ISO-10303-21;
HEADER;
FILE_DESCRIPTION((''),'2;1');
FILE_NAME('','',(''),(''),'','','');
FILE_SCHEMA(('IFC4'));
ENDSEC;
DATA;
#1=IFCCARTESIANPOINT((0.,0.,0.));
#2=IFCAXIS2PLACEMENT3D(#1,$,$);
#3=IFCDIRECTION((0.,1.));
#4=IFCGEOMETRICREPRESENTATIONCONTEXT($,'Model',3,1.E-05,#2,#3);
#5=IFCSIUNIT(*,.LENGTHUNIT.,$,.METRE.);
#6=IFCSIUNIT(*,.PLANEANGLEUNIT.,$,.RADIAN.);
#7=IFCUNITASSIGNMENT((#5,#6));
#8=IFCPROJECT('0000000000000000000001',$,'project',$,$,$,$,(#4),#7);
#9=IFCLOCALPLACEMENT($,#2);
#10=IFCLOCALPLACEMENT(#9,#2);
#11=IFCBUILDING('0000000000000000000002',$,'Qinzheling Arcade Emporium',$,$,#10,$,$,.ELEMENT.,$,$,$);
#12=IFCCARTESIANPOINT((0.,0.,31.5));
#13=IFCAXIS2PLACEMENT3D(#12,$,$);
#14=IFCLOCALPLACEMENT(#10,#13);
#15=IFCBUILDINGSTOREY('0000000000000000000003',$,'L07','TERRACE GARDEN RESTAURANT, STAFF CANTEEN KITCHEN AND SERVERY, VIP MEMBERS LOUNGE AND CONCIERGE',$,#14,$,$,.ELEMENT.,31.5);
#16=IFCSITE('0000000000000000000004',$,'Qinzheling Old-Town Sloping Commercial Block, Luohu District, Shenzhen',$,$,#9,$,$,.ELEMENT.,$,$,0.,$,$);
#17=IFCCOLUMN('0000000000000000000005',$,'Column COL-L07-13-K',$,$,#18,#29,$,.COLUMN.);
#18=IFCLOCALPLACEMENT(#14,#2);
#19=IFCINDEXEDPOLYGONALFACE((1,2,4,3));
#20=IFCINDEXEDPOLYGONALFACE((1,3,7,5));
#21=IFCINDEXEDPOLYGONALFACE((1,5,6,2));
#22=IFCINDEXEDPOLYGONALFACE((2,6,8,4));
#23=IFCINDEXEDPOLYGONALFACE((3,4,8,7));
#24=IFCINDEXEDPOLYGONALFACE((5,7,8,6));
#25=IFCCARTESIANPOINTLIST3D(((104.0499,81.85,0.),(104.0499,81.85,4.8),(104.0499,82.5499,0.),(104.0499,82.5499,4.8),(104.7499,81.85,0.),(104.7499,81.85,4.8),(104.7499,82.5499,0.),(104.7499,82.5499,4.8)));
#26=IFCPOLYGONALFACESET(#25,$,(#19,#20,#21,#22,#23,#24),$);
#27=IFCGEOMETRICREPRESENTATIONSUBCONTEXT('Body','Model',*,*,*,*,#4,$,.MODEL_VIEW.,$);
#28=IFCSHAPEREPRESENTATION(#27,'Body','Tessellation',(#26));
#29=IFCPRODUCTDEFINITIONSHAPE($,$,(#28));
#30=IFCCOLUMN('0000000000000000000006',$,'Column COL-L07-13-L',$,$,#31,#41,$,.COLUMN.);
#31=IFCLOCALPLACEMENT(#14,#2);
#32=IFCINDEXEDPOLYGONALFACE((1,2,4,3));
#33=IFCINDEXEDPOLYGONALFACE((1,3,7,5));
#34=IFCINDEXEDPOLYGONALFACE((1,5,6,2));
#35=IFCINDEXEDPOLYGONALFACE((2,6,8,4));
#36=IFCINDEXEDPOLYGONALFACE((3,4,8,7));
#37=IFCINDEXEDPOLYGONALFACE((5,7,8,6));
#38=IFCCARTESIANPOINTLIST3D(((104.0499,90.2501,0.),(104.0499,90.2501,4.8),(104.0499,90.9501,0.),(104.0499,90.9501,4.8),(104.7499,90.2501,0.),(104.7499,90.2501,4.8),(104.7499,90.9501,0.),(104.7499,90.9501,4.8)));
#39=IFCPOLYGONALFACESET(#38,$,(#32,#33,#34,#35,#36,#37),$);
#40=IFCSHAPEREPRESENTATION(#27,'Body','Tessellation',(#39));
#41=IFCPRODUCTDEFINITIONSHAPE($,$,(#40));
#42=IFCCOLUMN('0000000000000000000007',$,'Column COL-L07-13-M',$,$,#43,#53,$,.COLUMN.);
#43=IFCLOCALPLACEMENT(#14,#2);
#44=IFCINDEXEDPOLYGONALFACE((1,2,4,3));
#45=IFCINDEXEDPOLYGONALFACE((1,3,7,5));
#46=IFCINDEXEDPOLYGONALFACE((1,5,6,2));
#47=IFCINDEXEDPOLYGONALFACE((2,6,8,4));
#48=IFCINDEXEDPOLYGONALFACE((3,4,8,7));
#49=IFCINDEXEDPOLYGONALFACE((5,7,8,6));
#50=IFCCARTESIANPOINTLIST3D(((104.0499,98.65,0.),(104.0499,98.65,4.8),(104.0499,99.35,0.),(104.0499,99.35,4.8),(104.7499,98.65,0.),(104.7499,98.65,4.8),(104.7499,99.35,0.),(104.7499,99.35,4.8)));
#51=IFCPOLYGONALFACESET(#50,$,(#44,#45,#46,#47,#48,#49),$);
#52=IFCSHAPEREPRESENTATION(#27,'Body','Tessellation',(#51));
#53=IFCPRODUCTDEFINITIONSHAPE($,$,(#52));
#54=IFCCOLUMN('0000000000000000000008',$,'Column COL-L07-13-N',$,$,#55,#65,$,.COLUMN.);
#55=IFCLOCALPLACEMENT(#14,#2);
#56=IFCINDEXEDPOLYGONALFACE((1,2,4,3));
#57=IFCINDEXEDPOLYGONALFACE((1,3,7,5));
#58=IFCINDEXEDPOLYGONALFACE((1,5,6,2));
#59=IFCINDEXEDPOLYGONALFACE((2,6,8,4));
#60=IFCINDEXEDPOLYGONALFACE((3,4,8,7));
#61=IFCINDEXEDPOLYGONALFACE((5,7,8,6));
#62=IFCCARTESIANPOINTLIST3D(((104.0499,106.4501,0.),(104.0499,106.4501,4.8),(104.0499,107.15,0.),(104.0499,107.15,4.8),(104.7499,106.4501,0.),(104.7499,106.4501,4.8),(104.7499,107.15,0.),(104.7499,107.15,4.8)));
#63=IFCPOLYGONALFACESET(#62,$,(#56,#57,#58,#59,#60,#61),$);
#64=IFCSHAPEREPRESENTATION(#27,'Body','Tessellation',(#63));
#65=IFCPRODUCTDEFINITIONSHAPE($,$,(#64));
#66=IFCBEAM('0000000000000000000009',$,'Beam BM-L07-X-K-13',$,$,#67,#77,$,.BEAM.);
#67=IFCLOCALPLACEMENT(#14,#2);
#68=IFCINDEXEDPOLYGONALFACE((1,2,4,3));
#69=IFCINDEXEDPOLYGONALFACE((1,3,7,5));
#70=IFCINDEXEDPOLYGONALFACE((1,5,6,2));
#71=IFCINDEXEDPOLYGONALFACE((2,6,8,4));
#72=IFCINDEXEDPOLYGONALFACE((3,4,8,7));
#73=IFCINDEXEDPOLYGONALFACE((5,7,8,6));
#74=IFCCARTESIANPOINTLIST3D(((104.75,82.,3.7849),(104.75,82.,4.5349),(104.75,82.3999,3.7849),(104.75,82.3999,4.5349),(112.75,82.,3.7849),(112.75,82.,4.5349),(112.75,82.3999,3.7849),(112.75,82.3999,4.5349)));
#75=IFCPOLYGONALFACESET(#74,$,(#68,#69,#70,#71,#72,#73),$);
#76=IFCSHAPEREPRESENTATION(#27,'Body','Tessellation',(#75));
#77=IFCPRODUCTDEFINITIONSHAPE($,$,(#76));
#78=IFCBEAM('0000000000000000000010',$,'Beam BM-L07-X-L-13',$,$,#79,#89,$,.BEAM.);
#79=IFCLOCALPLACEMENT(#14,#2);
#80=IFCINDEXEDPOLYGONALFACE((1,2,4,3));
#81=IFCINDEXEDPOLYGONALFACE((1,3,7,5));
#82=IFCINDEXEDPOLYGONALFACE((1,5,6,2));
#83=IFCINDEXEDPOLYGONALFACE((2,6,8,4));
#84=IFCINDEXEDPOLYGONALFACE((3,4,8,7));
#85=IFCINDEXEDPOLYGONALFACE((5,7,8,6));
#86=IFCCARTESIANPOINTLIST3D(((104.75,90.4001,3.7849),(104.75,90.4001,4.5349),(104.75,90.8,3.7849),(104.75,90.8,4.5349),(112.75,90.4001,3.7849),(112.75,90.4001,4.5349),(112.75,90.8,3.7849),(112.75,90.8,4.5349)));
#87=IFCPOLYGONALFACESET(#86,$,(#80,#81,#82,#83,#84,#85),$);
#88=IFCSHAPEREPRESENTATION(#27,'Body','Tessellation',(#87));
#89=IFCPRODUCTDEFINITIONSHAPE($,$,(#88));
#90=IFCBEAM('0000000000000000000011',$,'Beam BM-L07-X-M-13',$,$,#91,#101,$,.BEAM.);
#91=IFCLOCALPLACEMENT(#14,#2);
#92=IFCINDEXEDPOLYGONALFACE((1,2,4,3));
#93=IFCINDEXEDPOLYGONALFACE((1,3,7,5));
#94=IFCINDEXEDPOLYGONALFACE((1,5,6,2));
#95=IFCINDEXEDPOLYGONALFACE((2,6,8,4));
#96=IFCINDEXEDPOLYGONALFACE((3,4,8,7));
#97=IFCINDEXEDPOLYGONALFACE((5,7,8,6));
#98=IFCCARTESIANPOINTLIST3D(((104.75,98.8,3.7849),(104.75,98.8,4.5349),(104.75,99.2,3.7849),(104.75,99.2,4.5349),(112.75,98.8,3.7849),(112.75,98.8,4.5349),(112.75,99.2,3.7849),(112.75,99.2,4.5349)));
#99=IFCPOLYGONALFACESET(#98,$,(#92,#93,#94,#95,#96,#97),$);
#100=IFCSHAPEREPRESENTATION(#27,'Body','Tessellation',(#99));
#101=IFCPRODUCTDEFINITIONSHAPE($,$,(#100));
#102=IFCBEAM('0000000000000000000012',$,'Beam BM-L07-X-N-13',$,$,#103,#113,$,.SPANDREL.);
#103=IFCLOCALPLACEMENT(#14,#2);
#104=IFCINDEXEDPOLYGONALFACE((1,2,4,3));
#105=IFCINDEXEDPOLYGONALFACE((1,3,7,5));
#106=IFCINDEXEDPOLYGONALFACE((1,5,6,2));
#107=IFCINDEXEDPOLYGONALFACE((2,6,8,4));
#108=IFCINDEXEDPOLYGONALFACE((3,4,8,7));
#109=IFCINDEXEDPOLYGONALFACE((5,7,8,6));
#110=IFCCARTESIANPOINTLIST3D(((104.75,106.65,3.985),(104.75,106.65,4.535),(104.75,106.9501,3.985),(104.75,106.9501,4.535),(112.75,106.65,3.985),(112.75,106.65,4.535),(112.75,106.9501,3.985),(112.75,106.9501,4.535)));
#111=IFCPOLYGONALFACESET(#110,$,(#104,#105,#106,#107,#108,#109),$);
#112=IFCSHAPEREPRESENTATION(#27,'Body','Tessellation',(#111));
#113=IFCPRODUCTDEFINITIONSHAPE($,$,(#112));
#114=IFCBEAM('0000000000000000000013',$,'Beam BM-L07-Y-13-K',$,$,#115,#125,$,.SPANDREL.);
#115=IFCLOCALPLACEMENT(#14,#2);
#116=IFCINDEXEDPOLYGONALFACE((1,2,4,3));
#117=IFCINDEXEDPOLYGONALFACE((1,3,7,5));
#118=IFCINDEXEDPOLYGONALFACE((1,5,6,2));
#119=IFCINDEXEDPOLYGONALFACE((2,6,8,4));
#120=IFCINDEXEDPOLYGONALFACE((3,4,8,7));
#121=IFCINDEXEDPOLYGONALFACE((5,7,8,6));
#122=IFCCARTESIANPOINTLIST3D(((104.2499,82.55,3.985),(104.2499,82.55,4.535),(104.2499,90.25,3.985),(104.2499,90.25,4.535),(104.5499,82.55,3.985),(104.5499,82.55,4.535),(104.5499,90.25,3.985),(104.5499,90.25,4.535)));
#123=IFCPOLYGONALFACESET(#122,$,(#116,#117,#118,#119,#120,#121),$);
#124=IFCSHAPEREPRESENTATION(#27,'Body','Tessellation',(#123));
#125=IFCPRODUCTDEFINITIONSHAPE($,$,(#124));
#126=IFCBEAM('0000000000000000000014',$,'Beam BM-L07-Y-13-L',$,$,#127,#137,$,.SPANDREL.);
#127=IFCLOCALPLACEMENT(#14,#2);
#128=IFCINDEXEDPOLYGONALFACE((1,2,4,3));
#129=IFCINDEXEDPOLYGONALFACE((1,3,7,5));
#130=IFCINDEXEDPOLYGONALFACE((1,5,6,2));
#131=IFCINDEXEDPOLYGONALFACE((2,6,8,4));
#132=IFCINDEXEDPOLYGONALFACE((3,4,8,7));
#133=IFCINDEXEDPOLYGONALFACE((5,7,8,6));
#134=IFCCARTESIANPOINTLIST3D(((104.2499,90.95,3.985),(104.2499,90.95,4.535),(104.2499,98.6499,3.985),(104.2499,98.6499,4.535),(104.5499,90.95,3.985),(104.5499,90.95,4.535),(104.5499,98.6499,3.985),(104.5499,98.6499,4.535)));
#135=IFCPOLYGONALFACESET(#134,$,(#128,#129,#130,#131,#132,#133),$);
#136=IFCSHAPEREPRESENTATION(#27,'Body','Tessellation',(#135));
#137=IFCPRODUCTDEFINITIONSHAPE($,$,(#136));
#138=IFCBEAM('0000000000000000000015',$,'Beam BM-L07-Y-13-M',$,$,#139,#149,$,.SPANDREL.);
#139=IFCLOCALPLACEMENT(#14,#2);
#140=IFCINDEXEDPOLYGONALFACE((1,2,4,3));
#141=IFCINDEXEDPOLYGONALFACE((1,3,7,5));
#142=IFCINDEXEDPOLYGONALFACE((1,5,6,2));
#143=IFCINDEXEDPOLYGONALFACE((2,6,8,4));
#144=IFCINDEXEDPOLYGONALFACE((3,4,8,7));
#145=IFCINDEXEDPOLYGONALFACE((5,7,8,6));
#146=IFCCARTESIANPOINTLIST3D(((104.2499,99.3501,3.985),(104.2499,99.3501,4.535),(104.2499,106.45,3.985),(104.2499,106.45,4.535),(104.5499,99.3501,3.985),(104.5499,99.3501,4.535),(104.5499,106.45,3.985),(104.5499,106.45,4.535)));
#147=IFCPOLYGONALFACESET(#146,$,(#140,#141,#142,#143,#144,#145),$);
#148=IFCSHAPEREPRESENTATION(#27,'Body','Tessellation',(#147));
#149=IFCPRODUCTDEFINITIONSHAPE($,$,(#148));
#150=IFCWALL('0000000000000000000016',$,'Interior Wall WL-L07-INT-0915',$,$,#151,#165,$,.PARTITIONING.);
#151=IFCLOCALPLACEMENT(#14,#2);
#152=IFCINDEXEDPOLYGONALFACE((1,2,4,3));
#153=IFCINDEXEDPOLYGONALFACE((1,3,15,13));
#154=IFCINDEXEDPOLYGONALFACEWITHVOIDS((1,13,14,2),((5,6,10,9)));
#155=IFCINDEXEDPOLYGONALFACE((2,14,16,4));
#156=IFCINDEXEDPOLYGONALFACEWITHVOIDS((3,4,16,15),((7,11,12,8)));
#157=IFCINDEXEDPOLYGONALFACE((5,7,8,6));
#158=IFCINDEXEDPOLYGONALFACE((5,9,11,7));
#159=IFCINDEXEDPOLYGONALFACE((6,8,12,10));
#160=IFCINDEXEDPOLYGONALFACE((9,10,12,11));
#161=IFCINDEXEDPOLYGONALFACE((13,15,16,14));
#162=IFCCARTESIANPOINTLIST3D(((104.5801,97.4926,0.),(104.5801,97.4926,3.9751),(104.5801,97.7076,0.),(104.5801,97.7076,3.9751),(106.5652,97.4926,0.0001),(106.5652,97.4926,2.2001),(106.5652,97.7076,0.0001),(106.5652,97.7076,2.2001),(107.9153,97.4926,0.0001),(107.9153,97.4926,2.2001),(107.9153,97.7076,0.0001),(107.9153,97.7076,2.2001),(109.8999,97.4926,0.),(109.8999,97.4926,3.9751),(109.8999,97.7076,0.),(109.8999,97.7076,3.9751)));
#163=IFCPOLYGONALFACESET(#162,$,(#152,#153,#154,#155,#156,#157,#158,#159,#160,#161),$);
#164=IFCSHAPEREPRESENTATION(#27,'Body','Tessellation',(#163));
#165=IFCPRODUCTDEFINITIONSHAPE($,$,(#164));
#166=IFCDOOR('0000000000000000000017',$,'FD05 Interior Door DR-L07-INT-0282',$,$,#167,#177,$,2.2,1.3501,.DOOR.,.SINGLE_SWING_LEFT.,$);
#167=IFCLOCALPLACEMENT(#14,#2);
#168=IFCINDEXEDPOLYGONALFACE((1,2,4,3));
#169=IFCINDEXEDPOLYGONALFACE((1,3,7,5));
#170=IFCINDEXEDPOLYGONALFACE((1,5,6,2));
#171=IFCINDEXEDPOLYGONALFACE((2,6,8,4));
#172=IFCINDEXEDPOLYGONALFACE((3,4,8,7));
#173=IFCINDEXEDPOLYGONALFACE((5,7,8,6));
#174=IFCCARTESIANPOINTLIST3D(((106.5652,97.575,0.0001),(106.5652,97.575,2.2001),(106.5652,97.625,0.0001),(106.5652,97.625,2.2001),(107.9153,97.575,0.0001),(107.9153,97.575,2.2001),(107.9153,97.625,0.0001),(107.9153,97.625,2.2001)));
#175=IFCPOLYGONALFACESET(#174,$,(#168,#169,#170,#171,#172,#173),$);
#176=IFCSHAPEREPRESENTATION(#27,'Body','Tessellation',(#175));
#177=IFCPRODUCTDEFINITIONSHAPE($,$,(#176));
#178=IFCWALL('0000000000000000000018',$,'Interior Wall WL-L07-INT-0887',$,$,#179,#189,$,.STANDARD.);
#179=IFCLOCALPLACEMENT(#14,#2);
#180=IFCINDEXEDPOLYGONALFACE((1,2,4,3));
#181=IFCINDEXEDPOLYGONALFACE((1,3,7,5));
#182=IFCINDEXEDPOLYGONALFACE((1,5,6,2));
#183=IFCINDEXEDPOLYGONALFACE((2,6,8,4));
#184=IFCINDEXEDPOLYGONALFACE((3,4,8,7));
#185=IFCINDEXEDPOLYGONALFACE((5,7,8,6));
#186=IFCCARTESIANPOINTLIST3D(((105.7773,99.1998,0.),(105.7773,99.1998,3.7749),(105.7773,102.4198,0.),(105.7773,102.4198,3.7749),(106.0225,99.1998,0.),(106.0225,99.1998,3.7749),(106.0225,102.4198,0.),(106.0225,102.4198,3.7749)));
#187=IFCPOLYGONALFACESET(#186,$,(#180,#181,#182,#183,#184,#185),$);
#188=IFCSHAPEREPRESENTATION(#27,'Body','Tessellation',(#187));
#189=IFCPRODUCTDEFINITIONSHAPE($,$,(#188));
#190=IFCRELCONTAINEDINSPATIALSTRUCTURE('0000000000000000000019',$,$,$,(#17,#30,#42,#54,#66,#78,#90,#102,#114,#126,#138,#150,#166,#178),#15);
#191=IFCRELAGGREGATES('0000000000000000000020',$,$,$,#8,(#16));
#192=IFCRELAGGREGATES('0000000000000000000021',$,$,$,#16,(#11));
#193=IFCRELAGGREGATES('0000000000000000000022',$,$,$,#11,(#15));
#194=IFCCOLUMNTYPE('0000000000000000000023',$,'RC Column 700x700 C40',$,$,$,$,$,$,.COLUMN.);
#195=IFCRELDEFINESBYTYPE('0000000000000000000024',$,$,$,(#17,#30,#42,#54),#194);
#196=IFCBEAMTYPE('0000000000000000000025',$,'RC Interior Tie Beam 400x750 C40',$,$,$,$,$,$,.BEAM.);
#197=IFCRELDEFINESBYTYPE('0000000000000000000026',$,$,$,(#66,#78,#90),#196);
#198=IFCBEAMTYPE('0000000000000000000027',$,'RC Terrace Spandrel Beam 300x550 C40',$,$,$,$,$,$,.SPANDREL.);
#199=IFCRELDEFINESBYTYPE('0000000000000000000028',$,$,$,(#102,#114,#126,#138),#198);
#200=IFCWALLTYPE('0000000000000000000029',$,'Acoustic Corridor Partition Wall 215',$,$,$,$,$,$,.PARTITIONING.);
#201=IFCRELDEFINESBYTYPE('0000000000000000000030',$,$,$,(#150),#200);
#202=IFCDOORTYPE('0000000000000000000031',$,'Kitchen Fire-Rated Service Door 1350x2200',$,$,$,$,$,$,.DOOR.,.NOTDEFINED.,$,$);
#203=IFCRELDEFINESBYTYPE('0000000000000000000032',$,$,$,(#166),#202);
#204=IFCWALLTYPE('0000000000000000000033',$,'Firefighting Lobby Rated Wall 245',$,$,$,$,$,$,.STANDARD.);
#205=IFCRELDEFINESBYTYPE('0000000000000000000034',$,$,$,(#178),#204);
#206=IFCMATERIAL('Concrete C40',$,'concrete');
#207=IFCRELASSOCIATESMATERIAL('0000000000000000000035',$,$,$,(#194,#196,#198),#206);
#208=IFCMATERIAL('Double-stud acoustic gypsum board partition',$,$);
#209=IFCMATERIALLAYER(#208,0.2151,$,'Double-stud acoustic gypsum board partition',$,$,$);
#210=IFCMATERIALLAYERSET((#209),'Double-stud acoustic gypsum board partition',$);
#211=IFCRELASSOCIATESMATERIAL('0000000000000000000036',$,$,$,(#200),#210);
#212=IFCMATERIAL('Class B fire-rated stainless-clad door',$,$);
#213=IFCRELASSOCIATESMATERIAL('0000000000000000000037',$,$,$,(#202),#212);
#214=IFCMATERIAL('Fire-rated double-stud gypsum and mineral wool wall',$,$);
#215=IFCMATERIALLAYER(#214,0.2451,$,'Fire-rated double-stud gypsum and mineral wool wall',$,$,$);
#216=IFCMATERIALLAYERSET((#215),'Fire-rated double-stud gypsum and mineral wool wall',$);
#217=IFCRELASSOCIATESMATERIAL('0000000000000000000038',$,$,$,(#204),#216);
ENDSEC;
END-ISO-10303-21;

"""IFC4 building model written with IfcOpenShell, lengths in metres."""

from ifc_helpers import new_model, si_unit, direction, frame, frame_2d, origin, origin_2d, place, context, subcontext, project, spatial, rectangle, extrude, material, layer, layer_set, material_profile, profile_set, type_object, element, fill, save


model = new_model("IFC4")

# Units and contexts
model_context = context("Model", 3, precision=1e-05, world=origin(), true_north=direction((0.0, 1.0)))
body_context = subcontext(model_context, "Body", "Model", "MODEL_VIEW")
ifc_project = project(units=[si_unit("LENGTHUNIT", "METRE"), si_unit("PLANEANGLEUNIT", "RADIAN")], contexts=[model_context])

# Site, building, storey
site_placement = place(None, origin())
site = spatial("IfcSite", under=ifc_project, at=site_placement, Name="Qinzheling Old-Town Sloping Commercial Block, Luohu District, Shenzhen", CompositionType="ELEMENT", RefElevation=0.0)
building_placement = place(site_placement, origin())
building = spatial("IfcBuilding", under=site, at=building_placement, Name="Qinzheling Arcade Emporium", CompositionType="ELEMENT")
storey_placement = place(building_placement, frame((0.0, 0.0, 31.5)))
storey = spatial("IfcBuildingStorey", under=building, at=storey_placement, Name="L07", Description="TERRACE GARDEN RESTAURANT, STAFF CANTEEN KITCHEN AND SERVERY, VIP MEMBERS LOUNGE AND CONCIERGE", CompositionType="ELEMENT", Elevation=31.5)

# Columns
ifc_material_1 = material(Name="Concrete C40", Category="concrete")
ifc_material_profile_1 = material_profile(ifc_material_1, rectangle(XDim=0.7, YDim=0.7, at=origin_2d()), Name="RC 700x700", Category="concrete")
ifc_profile_set_1 = profile_set([ifc_material_profile_1], Name="Concrete C40")
column_type = type_object("IfcColumnType", Name="RC Column 700x700 C40", PredefinedType="COLUMN", material=ifc_profile_set_1)
for number, where, z_axis, x_axis, name in (
    (1, (104.3999, 82.2, 0.0), (0.0, 0.0, 1.0), (1.0, 0.0, 0.0), "Column COL-L07-13-K"),
    (2, (104.3999, 90.6001, 0.0), (0.0, 0.0, 1.0), (1.0, 0.0, 0.0), "Column COL-L07-13-L"),
    (3, (104.3999, 99.0, 0.0), (0.0, 0.0, 1.0), (1.0, 0.0, 0.0), "Column COL-L07-13-M"),
    (4, (104.3999, 106.8, 0.0), (0.0, 0.0, 1.0), (1.0, 0.0, 0.0), "Column COL-L07-13-N"),
):
    element("IfcColumn", number, at=place(storey_placement, frame(where, z_axis=z_axis, x_axis=x_axis)), inside=storey, type_object=column_type, Name=name, PredefinedType="COLUMN", context=body_context, shape_type="SweptSolid", body=[
        extrude(rectangle(XDim=0.7, YDim=0.7, at=origin_2d()), origin(), (0.0, 0.0, 1.0), 4.8),
    ])

# Beams
ifc_material_profile_2 = material_profile(ifc_material_1, rectangle(XDim=0.3999, YDim=0.75, at=origin_2d()), Name="RC 400x750", Category="concrete")
ifc_profile_set_2 = profile_set([ifc_material_profile_2], Name="Concrete C40")
beam_type_1 = type_object("IfcBeamType", Name="RC Interior Tie Beam 400x750 C40", PredefinedType="BEAM", material=ifc_profile_set_2)
for number, where, z_axis, x_axis, name in (
    (5, (104.75, 82.2, 4.1599), (1.0, 0.0, 0.0), (0.0, 1.0, 0.0), "Beam BM-L07-X-K-13"),
    (6, (104.75, 90.6001, 4.1599), (1.0, 0.0, 0.0), (0.0, 1.0, 0.0), "Beam BM-L07-X-L-13"),
    (7, (104.75, 99.0, 4.1599), (1.0, 0.0, 0.0), (0.0, 1.0, 0.0), "Beam BM-L07-X-M-13"),
):
    element("IfcBeam", number, at=place(storey_placement, frame(where, z_axis=z_axis, x_axis=x_axis)), inside=storey, type_object=beam_type_1, Name=name, PredefinedType="BEAM", context=body_context, shape_type="SweptSolid", body=[
        extrude(rectangle(XDim=0.3999, YDim=0.75, at=origin_2d()), origin(), (0.0, 0.0, 1.0), 8.0),
    ])
ifc_material_profile_3 = material_profile(ifc_material_1, rectangle(XDim=0.3, YDim=0.55, at=origin_2d()), Name="RC 300x550", Category="concrete")
ifc_profile_set_3 = profile_set([ifc_material_profile_3], Name="Concrete C40")
beam_type_2 = type_object("IfcBeamType", Name="RC Terrace Spandrel Beam 300x550 C40", PredefinedType="SPANDREL", material=ifc_profile_set_3)
beam_1_placement = place(storey_placement, frame((104.75, 106.8, 4.26), z_axis=(1.0, 0.0, 0.0), x_axis=(0.0, 1.0, 0.0)))
element("IfcBeam", 8, at=beam_1_placement, inside=storey, type_object=beam_type_2, Name="Beam BM-L07-X-N-13", PredefinedType="SPANDREL", context=body_context, shape_type="SweptSolid", body=[
    extrude(rectangle(XDim=0.3, YDim=0.55, at=origin_2d()), origin(), (0.0, 0.0, 1.0), 8.0),
])
for number, where, z_axis, x_axis, name in (
    (9, (104.3999, 82.55, 4.26), (0.0, 1.0, 0.0), (-1.0, 0.0, 0.0), "Beam BM-L07-Y-13-K"),
    (10, (104.3999, 90.95, 4.26), (0.0, 1.0, 0.0), (-1.0, 0.0, 0.0), "Beam BM-L07-Y-13-L"),
):
    element("IfcBeam", number, at=place(storey_placement, frame(where, z_axis=z_axis, x_axis=x_axis)), inside=storey, type_object=beam_type_2, Name=name, PredefinedType="SPANDREL", context=body_context, shape_type="SweptSolid", body=[
        extrude(rectangle(XDim=0.3, YDim=0.55, at=origin_2d()), origin(), (0.0, 0.0, 1.0), 7.7),
    ])
beam_2_placement = place(storey_placement, frame((104.3999, 99.3501, 4.26), z_axis=(0.0, 1.0, 0.0), x_axis=(-1.0, 0.0, 0.0)))
element("IfcBeam", 11, at=beam_2_placement, inside=storey, type_object=beam_type_2, Name="Beam BM-L07-Y-13-M", PredefinedType="SPANDREL", context=body_context, shape_type="SweptSolid", body=[
    extrude(rectangle(XDim=0.3, YDim=0.55, at=origin_2d()), origin(), (0.0, 0.0, 1.0), 7.0999),
])

# Wall, opening, door
ifc_material_2 = material(Name="Double-stud acoustic gypsum board partition")
ifc_layer_1 = layer(ifc_material_2, 0.2151, Name="Double-stud acoustic gypsum board partition")
ifc_layer_set_1 = layer_set([ifc_layer_1], Name="Double-stud acoustic gypsum board partition")
wall_type_1 = type_object("IfcWallType", Name="Acoustic Corridor Partition Wall 215", PredefinedType="PARTITIONING", material=ifc_layer_set_1)
wall_1_placement = place(storey_placement, frame((104.5801, 97.6001, 0.0), z_axis=(0.0, 0.0, 1.0), x_axis=(1.0, 0.0, 0.0)))
wall_1 = element("IfcWall", 12, at=wall_1_placement, inside=storey, type_object=wall_type_1, Name="Interior Wall WL-L07-INT-0915", PredefinedType="PARTITIONING", context=body_context, shape_type="SweptSolid", body=[
    extrude(rectangle(XDim=5.3198, YDim=0.2151, at=frame_2d((2.6599, 0.0))), origin(), (0.0, 0.0, 1.0), 3.9751),
])
opening_1_placement = place(wall_1_placement, frame((1.9851, 0.0, 0.0)))
opening_1 = element("IfcOpeningElement", 13, at=opening_1_placement, cuts=wall_1, PredefinedType="OPENING", context=body_context, shape_type="SweptSolid", body=[
    extrude(rectangle(XDim=1.3501, YDim=2.2, at=frame_2d((0.675, 1.1001))), frame((0.0, 0.1177, 0.0), z_axis=(0.0, -1.0, 0.0), x_axis=(1.0, 0.0, 0.0)), (0.0, 0.0, 1.0), 0.2351),
])
ifc_material_3 = material(Name="Class B fire-rated stainless-clad door")
door_type_1 = type_object("IfcDoorType", Name="Kitchen Fire-Rated Service Door 1350x2200", OperationType="NOTDEFINED", PredefinedType="DOOR", material=ifc_material_3)
door_1_placement = place(opening_1_placement, origin())
door_1 = element("IfcDoor", 14, at=door_1_placement, inside=storey, type_object=door_type_1, Name="FD05 Interior Door DR-L07-INT-0282", OperationType="SINGLE_SWING_LEFT", OverallHeight=2.2, OverallWidth=1.3501, PredefinedType="DOOR", context=body_context, shape_type="SweptSolid", body=[
    extrude(rectangle(XDim=1.3501, YDim=2.2, at=frame_2d((0.675, 1.1001))), frame((0.0, 0.0249, 0.0), z_axis=(0.0, -1.0, 0.0), x_axis=(1.0, 0.0, 0.0)), (0.0, 0.0, 1.0), 0.05),
])
fill(opening_1, door_1)

# Wall
ifc_material_4 = material(Name="Fire-rated double-stud gypsum and mineral wool wall")
ifc_layer_2 = layer(ifc_material_4, 0.2451, Name="Fire-rated double-stud gypsum and mineral wool wall")
ifc_layer_set_2 = layer_set([ifc_layer_2], Name="Fire-rated double-stud gypsum and mineral wool wall")
wall_type_2 = type_object("IfcWallType", Name="Firefighting Lobby Rated Wall 245", PredefinedType="STANDARD", material=ifc_layer_set_2)
wall_2_placement = place(storey_placement, frame((105.8999, 99.2, 0.0), z_axis=(0.0, 0.0, 1.0), x_axis=(0.0, 1.0, 0.0)))
element("IfcWall", 15, at=wall_2_placement, inside=storey, type_object=wall_type_2, Name="Interior Wall WL-L07-INT-0887", PredefinedType="STANDARD", context=body_context, shape_type="SweptSolid", body=[
    extrude(rectangle(XDim=3.22, YDim=0.2451, at=frame_2d((1.6099, 0.0))), origin(), (0.0, 0.0, 1.0), 3.7749),
])

save(model, "model.ifc")
